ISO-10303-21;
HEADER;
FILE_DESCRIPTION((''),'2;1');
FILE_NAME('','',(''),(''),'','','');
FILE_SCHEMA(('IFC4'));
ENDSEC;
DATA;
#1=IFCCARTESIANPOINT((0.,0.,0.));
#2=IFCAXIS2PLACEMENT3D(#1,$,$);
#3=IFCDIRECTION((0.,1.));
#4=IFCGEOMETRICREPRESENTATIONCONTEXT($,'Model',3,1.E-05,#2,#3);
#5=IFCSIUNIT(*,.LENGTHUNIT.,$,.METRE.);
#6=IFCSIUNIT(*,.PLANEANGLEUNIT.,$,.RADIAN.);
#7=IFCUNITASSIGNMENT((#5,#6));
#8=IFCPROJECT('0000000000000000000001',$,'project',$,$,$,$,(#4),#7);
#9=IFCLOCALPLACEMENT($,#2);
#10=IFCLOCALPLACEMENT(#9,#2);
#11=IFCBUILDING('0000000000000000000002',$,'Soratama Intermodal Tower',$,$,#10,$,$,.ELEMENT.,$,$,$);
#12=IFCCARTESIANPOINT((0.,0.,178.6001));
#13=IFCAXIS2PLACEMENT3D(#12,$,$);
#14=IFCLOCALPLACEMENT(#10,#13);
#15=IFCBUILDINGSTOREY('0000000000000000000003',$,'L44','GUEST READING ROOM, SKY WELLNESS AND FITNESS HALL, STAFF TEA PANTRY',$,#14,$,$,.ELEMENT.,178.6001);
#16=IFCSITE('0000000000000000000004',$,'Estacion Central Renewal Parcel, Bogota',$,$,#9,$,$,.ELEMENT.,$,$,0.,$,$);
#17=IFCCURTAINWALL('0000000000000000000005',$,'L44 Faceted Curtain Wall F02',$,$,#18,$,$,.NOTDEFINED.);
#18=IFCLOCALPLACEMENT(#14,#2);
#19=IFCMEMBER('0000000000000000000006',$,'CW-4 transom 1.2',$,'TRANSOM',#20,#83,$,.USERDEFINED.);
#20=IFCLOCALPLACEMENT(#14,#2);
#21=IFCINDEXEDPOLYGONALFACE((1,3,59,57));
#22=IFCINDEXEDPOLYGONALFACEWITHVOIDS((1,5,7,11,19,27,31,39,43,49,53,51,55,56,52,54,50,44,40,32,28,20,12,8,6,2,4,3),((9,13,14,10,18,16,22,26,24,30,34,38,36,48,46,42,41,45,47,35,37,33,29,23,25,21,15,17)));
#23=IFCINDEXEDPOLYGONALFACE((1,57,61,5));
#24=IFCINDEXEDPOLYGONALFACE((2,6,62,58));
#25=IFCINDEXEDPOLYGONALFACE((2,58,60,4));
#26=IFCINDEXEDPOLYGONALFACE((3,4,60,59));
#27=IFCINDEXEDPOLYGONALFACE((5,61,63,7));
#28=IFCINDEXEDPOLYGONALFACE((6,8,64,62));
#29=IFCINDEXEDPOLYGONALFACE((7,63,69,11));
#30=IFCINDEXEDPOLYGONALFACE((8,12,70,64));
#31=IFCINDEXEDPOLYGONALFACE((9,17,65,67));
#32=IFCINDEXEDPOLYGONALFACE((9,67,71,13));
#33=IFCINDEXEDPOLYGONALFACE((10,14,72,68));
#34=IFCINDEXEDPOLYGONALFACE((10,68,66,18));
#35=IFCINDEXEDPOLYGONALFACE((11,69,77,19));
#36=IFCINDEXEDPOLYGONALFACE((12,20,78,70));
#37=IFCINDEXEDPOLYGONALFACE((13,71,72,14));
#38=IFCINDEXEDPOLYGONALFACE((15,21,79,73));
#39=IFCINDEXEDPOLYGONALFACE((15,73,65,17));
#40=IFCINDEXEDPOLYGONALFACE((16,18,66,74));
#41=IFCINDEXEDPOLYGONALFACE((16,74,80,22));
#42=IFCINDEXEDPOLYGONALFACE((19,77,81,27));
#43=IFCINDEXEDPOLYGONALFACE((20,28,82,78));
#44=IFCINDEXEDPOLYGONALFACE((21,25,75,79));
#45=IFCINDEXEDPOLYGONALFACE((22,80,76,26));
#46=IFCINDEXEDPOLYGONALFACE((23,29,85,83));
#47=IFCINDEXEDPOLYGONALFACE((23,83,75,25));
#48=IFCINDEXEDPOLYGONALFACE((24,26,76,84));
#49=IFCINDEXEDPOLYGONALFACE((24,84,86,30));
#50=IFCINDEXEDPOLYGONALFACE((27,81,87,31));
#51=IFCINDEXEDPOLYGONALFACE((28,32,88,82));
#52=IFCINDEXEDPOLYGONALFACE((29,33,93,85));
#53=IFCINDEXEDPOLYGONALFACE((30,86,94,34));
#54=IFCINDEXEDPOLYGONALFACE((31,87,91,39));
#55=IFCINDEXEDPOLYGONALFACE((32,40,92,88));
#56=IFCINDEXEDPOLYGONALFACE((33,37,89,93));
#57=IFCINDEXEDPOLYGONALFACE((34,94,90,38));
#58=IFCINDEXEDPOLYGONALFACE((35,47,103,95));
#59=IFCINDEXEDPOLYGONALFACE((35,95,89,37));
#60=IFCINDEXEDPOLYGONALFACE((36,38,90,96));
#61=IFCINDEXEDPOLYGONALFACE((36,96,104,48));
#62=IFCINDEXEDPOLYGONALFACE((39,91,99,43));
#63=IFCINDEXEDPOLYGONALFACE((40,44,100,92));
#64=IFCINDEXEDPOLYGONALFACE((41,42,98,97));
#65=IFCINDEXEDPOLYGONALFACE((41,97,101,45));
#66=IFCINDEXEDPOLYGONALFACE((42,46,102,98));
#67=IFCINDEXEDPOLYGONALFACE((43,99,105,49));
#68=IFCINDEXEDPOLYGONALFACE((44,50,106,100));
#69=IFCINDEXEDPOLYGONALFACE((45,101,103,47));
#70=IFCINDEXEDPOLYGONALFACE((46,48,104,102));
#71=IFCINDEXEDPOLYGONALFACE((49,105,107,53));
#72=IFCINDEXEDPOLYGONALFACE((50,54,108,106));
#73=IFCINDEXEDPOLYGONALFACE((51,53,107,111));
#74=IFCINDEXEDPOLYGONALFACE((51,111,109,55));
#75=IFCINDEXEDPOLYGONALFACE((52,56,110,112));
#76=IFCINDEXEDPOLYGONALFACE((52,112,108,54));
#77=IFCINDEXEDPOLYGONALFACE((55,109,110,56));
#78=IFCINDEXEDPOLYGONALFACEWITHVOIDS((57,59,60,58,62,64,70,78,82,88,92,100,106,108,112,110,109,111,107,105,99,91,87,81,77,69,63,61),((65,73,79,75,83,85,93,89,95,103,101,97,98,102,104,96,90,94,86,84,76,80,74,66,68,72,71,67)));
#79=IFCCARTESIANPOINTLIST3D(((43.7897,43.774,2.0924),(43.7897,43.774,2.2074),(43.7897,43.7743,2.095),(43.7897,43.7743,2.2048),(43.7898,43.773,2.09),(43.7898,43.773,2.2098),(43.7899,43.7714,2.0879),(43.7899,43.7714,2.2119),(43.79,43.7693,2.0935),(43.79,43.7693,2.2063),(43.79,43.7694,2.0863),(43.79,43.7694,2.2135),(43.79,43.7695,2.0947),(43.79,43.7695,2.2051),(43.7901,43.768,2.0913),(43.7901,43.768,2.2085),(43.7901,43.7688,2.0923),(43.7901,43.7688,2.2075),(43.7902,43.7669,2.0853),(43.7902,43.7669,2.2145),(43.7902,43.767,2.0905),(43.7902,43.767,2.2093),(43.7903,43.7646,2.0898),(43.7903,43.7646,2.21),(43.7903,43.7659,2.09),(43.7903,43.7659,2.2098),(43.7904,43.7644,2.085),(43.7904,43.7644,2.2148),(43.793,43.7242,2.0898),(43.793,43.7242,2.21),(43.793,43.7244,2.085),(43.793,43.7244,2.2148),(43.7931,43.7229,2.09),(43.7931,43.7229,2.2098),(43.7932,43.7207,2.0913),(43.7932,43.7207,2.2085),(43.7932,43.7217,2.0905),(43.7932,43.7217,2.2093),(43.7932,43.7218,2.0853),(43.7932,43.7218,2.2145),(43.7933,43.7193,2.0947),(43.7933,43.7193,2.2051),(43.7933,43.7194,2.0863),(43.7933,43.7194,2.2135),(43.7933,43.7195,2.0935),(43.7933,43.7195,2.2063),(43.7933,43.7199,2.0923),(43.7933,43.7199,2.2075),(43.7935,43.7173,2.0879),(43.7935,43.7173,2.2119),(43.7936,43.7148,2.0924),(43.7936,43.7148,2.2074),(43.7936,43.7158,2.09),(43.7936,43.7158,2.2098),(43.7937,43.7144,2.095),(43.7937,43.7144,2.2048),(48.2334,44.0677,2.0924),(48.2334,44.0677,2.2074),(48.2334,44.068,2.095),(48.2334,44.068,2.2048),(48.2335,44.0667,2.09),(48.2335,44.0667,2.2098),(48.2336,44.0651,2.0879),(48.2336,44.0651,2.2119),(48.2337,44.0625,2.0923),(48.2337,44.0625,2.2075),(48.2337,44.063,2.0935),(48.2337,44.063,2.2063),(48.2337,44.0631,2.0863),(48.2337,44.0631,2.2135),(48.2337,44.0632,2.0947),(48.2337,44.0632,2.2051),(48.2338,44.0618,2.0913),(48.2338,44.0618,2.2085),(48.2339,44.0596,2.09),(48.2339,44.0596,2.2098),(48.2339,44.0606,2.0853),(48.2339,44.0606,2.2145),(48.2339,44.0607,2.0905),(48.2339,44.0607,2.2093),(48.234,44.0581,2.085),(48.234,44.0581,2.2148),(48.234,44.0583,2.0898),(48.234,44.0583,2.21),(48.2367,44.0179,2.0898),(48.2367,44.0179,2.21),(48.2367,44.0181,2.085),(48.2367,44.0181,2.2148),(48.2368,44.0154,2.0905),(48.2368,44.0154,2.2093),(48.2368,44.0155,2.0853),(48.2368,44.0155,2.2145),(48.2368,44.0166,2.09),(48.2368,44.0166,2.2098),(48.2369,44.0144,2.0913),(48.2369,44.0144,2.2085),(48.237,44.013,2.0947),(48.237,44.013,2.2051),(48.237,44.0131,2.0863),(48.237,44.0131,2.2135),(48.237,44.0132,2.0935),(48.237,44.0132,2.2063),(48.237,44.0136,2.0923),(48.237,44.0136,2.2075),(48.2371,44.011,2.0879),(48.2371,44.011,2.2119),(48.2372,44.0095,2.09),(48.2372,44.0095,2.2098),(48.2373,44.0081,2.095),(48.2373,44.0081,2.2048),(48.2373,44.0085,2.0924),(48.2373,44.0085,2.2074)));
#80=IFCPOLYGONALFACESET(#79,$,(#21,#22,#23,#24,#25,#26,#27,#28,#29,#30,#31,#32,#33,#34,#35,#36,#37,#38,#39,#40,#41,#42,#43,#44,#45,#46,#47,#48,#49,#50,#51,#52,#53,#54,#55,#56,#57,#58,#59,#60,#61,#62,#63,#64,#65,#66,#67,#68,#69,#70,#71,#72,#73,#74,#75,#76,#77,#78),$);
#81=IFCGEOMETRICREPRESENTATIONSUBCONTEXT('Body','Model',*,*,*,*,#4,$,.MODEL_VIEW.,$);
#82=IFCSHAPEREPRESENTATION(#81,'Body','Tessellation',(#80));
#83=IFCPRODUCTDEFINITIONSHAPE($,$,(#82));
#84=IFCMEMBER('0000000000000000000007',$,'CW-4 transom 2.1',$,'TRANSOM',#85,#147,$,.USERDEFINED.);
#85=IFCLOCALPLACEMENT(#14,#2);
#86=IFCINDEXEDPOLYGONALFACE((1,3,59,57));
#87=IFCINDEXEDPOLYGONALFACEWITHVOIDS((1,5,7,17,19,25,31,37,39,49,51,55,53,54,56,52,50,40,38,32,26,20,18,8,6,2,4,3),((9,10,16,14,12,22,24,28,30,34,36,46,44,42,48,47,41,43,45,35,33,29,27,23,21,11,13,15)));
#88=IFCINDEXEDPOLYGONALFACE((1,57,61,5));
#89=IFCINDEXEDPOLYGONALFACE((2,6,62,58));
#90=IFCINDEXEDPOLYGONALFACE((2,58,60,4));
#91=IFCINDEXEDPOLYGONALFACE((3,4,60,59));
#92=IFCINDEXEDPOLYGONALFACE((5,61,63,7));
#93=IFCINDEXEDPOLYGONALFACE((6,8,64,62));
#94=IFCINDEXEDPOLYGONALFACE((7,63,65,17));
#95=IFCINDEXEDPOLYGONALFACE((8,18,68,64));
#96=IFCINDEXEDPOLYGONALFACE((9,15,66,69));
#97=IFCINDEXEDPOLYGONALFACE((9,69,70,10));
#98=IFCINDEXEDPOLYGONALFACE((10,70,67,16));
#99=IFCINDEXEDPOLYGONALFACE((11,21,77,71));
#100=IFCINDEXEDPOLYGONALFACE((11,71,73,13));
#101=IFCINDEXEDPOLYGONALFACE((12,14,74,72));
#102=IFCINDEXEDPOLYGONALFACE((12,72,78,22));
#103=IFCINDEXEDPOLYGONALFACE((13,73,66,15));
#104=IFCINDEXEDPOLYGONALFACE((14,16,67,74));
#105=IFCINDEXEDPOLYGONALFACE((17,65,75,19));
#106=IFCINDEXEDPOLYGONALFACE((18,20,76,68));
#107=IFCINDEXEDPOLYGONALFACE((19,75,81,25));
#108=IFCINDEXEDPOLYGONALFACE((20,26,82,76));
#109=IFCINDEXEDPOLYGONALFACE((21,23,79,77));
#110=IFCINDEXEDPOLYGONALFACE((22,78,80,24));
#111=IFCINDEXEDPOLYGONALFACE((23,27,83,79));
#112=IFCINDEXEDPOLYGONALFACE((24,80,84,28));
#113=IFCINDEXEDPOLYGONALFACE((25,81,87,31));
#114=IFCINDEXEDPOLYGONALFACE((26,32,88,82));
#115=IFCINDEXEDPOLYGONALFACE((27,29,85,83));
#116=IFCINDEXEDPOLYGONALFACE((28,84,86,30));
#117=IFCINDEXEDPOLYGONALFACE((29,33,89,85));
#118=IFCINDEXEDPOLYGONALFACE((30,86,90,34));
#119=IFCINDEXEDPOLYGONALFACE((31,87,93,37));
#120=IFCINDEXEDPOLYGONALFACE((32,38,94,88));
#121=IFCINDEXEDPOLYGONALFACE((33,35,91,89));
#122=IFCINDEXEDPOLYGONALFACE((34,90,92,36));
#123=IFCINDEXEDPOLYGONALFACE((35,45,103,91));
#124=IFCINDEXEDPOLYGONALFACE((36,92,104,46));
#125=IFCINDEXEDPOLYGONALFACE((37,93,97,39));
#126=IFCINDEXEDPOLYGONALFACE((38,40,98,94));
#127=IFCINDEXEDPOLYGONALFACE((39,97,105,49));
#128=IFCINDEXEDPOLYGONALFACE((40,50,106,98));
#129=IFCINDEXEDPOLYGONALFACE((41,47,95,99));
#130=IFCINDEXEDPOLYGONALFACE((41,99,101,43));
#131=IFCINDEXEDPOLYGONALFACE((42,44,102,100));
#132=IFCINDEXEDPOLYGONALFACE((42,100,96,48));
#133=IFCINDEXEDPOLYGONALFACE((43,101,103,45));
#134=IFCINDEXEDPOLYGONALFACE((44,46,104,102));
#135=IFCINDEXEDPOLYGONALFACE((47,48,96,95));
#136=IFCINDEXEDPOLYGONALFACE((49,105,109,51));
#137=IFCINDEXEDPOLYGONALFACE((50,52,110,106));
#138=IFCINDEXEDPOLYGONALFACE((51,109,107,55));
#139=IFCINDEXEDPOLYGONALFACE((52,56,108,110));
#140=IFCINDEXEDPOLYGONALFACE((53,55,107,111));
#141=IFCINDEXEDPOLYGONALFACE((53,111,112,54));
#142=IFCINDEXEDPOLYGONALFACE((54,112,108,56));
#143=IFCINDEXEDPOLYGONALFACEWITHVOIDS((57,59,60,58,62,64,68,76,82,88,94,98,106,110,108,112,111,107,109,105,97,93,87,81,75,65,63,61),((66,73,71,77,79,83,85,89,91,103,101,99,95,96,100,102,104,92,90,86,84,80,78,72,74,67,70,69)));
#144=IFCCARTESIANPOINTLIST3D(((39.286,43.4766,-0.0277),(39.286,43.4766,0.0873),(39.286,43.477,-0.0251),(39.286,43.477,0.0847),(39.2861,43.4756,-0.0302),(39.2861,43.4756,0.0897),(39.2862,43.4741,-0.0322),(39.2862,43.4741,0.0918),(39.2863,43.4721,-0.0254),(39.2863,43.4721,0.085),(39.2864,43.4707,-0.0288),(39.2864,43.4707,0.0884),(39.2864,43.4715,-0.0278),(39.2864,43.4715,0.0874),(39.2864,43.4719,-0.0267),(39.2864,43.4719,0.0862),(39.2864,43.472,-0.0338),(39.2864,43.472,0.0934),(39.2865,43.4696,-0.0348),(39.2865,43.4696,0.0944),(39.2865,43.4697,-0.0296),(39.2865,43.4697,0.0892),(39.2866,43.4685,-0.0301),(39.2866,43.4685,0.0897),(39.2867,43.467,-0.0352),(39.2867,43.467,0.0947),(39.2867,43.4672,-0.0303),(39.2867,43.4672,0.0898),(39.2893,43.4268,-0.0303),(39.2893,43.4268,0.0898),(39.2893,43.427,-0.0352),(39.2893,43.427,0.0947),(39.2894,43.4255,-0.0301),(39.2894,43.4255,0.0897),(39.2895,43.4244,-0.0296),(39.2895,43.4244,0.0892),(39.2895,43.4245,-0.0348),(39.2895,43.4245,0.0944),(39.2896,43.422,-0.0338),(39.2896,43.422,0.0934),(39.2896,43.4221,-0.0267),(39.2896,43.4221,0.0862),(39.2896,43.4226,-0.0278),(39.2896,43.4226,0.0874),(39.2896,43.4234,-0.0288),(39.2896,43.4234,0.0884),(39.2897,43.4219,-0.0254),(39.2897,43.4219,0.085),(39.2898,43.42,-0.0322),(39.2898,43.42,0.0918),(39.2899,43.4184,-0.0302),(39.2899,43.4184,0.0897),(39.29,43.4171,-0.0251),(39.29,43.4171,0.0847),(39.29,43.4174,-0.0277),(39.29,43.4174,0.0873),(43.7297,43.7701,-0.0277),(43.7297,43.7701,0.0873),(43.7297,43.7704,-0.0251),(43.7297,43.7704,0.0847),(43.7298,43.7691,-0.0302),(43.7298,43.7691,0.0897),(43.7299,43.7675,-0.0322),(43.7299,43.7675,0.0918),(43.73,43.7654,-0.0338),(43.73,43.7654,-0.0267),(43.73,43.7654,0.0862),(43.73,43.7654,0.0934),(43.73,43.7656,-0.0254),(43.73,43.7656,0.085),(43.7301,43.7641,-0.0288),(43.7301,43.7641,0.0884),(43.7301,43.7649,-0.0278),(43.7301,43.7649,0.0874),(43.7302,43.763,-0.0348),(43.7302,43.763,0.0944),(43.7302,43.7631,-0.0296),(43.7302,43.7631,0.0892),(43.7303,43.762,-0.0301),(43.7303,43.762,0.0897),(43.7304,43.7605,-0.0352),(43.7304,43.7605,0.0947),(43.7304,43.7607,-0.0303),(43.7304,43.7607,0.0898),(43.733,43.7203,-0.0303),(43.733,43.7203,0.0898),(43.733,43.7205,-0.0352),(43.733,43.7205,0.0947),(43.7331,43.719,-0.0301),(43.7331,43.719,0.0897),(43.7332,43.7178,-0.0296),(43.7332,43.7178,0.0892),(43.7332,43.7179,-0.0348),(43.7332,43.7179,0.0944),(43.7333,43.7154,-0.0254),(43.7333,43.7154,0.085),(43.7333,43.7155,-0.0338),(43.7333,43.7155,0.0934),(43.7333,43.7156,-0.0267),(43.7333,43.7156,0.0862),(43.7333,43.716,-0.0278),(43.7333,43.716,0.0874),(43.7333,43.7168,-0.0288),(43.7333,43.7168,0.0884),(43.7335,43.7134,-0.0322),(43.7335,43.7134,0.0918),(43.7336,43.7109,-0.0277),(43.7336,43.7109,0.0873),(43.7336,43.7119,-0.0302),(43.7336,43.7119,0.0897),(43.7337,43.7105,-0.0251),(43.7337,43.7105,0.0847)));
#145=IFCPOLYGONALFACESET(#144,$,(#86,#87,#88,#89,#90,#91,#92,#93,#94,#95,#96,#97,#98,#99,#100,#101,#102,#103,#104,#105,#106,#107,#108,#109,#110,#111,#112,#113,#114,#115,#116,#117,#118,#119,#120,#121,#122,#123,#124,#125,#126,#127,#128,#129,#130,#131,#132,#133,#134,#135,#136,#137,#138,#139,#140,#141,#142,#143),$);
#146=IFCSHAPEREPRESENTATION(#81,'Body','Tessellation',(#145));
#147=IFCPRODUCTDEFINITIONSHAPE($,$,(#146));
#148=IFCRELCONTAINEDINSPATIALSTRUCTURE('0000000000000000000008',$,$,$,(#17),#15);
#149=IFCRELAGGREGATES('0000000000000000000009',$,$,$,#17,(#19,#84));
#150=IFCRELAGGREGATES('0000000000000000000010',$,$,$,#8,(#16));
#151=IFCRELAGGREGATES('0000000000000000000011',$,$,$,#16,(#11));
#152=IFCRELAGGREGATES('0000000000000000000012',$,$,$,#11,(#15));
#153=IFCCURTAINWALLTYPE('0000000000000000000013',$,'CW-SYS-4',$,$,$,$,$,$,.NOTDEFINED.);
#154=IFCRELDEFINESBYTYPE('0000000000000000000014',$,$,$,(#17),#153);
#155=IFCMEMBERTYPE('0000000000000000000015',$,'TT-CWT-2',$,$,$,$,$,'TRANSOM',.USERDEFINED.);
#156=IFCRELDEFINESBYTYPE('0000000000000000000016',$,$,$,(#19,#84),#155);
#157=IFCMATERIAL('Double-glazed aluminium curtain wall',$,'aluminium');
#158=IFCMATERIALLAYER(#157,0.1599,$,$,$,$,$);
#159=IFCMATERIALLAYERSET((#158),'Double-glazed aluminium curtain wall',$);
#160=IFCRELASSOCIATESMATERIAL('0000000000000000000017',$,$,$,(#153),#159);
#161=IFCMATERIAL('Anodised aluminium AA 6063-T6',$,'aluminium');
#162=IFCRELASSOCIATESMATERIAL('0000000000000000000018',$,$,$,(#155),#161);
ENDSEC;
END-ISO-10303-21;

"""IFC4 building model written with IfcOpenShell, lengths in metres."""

from ifc_helpers import new_model, si_unit, direction, frame, origin, origin_2d, place, context, subcontext, project, spatial, hollow_rectangle, extrude, material, layer, layer_set, material_profile, profile_set, type_object, element, aggregate, save


model = new_model("IFC4")

# Units and contexts
model_context = context("Model", 3, precision=1e-05, world=origin(), true_north=direction((0.0, 1.0)))
body_context = subcontext(model_context, "Body", "Model", "MODEL_VIEW")
ifc_project = project(units=[si_unit("LENGTHUNIT", "METRE"), si_unit("PLANEANGLEUNIT", "RADIAN")], contexts=[model_context])

# Site, building, storey
site_placement = place(None, origin())
site = spatial("IfcSite", under=ifc_project, at=site_placement, Name="Estacion Central Renewal Parcel, Bogota", CompositionType="ELEMENT", RefElevation=0.0)
building_placement = place(site_placement, origin())
building = spatial("IfcBuilding", under=site, at=building_placement, Name="Soratama Intermodal Tower", CompositionType="ELEMENT")
storey_placement = place(building_placement, frame((0.0, 0.0, 178.6001)))
storey = spatial("IfcBuildingStorey", under=building, at=storey_placement, Name="L44", Description="GUEST READING ROOM, SKY WELLNESS AND FITNESS HALL, STAFF TEA PANTRY", CompositionType="ELEMENT", Elevation=178.6001)

# Curtain wall, members
ifc_material_1 = material(Name="Double-glazed aluminium curtain wall", Category="aluminium")
ifc_layer_1 = layer(ifc_material_1, 0.1599)
ifc_layer_set_1 = layer_set([ifc_layer_1], Name="Double-glazed aluminium curtain wall")
curtain_wall_type = type_object("IfcCurtainWallType", Name="CW-SYS-4", PredefinedType="NOTDEFINED", material=ifc_layer_set_1)
curtain_wall_placement = place(storey_placement, origin())
curtain_wall = element("IfcCurtainWall", 1, at=curtain_wall_placement, inside=storey, type_object=curtain_wall_type, Name="L44 Faceted Curtain Wall F02", PredefinedType="NOTDEFINED")
ifc_material_2 = material(Name="Anodised aluminium AA 6063-T6", Category="aluminium")
ifc_material_profile_1 = material_profile(ifc_material_2, hollow_rectangle(XDim=0.0601, YDim=0.1299, WallThickness=0.0049, InnerFilletRadius=0.0049, OuterFilletRadius=0.01, at=origin_2d()), Name="CWT130X60X5")
ifc_profile_set_1 = profile_set([ifc_material_profile_1], Name="Anodised aluminium AA 6063-T6")
member_type_1 = type_object("IfcMemberType", Name="TT-CWT-2", ElementType="TRANSOM", PredefinedType="USERDEFINED", material=ifc_profile_set_1)
member_1_placement = place(storey_placement, frame((48.2354, 44.0381, 2.1499), z_axis=(-0.997823, -0.065951, 0.0), x_axis=(0.065951, -0.997823, 0.0)))
member_1 = element("IfcMember", 2, at=member_1_placement, type_object=member_type_1, Name="CW-4 transom 1.2", ObjectType="TRANSOM", PredefinedType="USERDEFINED", context=body_context, shape_type="SweptSolid", body=[
    extrude(hollow_rectangle(XDim=0.0601, YDim=0.1299, WallThickness=0.0049, InnerFilletRadius=0.0049, OuterFilletRadius=0.01, at=origin_2d()), origin(), (0.0, 0.0, 1.0), 4.4534),
])
member_2_placement = place(storey_placement, frame((43.7317, 43.7405, 0.0298), z_axis=(-0.997826, -0.065897, 0.0), x_axis=(0.065897, -0.997826, 0.0)))
member_2 = element("IfcMember", 3, at=member_2_placement, type_object=member_type_1, Name="CW-4 transom 2.1", ObjectType="TRANSOM", PredefinedType="USERDEFINED", context=body_context, shape_type="SweptSolid", body=[
    extrude(hollow_rectangle(XDim=0.0601, YDim=0.1299, WallThickness=0.0049, InnerFilletRadius=0.0049, OuterFilletRadius=0.01, at=origin_2d()), origin(), (0.0, 0.0, 1.0), 4.4534),
])
aggregate(curtain_wall, [member_1, member_2])

save(model, "model.ifc")
